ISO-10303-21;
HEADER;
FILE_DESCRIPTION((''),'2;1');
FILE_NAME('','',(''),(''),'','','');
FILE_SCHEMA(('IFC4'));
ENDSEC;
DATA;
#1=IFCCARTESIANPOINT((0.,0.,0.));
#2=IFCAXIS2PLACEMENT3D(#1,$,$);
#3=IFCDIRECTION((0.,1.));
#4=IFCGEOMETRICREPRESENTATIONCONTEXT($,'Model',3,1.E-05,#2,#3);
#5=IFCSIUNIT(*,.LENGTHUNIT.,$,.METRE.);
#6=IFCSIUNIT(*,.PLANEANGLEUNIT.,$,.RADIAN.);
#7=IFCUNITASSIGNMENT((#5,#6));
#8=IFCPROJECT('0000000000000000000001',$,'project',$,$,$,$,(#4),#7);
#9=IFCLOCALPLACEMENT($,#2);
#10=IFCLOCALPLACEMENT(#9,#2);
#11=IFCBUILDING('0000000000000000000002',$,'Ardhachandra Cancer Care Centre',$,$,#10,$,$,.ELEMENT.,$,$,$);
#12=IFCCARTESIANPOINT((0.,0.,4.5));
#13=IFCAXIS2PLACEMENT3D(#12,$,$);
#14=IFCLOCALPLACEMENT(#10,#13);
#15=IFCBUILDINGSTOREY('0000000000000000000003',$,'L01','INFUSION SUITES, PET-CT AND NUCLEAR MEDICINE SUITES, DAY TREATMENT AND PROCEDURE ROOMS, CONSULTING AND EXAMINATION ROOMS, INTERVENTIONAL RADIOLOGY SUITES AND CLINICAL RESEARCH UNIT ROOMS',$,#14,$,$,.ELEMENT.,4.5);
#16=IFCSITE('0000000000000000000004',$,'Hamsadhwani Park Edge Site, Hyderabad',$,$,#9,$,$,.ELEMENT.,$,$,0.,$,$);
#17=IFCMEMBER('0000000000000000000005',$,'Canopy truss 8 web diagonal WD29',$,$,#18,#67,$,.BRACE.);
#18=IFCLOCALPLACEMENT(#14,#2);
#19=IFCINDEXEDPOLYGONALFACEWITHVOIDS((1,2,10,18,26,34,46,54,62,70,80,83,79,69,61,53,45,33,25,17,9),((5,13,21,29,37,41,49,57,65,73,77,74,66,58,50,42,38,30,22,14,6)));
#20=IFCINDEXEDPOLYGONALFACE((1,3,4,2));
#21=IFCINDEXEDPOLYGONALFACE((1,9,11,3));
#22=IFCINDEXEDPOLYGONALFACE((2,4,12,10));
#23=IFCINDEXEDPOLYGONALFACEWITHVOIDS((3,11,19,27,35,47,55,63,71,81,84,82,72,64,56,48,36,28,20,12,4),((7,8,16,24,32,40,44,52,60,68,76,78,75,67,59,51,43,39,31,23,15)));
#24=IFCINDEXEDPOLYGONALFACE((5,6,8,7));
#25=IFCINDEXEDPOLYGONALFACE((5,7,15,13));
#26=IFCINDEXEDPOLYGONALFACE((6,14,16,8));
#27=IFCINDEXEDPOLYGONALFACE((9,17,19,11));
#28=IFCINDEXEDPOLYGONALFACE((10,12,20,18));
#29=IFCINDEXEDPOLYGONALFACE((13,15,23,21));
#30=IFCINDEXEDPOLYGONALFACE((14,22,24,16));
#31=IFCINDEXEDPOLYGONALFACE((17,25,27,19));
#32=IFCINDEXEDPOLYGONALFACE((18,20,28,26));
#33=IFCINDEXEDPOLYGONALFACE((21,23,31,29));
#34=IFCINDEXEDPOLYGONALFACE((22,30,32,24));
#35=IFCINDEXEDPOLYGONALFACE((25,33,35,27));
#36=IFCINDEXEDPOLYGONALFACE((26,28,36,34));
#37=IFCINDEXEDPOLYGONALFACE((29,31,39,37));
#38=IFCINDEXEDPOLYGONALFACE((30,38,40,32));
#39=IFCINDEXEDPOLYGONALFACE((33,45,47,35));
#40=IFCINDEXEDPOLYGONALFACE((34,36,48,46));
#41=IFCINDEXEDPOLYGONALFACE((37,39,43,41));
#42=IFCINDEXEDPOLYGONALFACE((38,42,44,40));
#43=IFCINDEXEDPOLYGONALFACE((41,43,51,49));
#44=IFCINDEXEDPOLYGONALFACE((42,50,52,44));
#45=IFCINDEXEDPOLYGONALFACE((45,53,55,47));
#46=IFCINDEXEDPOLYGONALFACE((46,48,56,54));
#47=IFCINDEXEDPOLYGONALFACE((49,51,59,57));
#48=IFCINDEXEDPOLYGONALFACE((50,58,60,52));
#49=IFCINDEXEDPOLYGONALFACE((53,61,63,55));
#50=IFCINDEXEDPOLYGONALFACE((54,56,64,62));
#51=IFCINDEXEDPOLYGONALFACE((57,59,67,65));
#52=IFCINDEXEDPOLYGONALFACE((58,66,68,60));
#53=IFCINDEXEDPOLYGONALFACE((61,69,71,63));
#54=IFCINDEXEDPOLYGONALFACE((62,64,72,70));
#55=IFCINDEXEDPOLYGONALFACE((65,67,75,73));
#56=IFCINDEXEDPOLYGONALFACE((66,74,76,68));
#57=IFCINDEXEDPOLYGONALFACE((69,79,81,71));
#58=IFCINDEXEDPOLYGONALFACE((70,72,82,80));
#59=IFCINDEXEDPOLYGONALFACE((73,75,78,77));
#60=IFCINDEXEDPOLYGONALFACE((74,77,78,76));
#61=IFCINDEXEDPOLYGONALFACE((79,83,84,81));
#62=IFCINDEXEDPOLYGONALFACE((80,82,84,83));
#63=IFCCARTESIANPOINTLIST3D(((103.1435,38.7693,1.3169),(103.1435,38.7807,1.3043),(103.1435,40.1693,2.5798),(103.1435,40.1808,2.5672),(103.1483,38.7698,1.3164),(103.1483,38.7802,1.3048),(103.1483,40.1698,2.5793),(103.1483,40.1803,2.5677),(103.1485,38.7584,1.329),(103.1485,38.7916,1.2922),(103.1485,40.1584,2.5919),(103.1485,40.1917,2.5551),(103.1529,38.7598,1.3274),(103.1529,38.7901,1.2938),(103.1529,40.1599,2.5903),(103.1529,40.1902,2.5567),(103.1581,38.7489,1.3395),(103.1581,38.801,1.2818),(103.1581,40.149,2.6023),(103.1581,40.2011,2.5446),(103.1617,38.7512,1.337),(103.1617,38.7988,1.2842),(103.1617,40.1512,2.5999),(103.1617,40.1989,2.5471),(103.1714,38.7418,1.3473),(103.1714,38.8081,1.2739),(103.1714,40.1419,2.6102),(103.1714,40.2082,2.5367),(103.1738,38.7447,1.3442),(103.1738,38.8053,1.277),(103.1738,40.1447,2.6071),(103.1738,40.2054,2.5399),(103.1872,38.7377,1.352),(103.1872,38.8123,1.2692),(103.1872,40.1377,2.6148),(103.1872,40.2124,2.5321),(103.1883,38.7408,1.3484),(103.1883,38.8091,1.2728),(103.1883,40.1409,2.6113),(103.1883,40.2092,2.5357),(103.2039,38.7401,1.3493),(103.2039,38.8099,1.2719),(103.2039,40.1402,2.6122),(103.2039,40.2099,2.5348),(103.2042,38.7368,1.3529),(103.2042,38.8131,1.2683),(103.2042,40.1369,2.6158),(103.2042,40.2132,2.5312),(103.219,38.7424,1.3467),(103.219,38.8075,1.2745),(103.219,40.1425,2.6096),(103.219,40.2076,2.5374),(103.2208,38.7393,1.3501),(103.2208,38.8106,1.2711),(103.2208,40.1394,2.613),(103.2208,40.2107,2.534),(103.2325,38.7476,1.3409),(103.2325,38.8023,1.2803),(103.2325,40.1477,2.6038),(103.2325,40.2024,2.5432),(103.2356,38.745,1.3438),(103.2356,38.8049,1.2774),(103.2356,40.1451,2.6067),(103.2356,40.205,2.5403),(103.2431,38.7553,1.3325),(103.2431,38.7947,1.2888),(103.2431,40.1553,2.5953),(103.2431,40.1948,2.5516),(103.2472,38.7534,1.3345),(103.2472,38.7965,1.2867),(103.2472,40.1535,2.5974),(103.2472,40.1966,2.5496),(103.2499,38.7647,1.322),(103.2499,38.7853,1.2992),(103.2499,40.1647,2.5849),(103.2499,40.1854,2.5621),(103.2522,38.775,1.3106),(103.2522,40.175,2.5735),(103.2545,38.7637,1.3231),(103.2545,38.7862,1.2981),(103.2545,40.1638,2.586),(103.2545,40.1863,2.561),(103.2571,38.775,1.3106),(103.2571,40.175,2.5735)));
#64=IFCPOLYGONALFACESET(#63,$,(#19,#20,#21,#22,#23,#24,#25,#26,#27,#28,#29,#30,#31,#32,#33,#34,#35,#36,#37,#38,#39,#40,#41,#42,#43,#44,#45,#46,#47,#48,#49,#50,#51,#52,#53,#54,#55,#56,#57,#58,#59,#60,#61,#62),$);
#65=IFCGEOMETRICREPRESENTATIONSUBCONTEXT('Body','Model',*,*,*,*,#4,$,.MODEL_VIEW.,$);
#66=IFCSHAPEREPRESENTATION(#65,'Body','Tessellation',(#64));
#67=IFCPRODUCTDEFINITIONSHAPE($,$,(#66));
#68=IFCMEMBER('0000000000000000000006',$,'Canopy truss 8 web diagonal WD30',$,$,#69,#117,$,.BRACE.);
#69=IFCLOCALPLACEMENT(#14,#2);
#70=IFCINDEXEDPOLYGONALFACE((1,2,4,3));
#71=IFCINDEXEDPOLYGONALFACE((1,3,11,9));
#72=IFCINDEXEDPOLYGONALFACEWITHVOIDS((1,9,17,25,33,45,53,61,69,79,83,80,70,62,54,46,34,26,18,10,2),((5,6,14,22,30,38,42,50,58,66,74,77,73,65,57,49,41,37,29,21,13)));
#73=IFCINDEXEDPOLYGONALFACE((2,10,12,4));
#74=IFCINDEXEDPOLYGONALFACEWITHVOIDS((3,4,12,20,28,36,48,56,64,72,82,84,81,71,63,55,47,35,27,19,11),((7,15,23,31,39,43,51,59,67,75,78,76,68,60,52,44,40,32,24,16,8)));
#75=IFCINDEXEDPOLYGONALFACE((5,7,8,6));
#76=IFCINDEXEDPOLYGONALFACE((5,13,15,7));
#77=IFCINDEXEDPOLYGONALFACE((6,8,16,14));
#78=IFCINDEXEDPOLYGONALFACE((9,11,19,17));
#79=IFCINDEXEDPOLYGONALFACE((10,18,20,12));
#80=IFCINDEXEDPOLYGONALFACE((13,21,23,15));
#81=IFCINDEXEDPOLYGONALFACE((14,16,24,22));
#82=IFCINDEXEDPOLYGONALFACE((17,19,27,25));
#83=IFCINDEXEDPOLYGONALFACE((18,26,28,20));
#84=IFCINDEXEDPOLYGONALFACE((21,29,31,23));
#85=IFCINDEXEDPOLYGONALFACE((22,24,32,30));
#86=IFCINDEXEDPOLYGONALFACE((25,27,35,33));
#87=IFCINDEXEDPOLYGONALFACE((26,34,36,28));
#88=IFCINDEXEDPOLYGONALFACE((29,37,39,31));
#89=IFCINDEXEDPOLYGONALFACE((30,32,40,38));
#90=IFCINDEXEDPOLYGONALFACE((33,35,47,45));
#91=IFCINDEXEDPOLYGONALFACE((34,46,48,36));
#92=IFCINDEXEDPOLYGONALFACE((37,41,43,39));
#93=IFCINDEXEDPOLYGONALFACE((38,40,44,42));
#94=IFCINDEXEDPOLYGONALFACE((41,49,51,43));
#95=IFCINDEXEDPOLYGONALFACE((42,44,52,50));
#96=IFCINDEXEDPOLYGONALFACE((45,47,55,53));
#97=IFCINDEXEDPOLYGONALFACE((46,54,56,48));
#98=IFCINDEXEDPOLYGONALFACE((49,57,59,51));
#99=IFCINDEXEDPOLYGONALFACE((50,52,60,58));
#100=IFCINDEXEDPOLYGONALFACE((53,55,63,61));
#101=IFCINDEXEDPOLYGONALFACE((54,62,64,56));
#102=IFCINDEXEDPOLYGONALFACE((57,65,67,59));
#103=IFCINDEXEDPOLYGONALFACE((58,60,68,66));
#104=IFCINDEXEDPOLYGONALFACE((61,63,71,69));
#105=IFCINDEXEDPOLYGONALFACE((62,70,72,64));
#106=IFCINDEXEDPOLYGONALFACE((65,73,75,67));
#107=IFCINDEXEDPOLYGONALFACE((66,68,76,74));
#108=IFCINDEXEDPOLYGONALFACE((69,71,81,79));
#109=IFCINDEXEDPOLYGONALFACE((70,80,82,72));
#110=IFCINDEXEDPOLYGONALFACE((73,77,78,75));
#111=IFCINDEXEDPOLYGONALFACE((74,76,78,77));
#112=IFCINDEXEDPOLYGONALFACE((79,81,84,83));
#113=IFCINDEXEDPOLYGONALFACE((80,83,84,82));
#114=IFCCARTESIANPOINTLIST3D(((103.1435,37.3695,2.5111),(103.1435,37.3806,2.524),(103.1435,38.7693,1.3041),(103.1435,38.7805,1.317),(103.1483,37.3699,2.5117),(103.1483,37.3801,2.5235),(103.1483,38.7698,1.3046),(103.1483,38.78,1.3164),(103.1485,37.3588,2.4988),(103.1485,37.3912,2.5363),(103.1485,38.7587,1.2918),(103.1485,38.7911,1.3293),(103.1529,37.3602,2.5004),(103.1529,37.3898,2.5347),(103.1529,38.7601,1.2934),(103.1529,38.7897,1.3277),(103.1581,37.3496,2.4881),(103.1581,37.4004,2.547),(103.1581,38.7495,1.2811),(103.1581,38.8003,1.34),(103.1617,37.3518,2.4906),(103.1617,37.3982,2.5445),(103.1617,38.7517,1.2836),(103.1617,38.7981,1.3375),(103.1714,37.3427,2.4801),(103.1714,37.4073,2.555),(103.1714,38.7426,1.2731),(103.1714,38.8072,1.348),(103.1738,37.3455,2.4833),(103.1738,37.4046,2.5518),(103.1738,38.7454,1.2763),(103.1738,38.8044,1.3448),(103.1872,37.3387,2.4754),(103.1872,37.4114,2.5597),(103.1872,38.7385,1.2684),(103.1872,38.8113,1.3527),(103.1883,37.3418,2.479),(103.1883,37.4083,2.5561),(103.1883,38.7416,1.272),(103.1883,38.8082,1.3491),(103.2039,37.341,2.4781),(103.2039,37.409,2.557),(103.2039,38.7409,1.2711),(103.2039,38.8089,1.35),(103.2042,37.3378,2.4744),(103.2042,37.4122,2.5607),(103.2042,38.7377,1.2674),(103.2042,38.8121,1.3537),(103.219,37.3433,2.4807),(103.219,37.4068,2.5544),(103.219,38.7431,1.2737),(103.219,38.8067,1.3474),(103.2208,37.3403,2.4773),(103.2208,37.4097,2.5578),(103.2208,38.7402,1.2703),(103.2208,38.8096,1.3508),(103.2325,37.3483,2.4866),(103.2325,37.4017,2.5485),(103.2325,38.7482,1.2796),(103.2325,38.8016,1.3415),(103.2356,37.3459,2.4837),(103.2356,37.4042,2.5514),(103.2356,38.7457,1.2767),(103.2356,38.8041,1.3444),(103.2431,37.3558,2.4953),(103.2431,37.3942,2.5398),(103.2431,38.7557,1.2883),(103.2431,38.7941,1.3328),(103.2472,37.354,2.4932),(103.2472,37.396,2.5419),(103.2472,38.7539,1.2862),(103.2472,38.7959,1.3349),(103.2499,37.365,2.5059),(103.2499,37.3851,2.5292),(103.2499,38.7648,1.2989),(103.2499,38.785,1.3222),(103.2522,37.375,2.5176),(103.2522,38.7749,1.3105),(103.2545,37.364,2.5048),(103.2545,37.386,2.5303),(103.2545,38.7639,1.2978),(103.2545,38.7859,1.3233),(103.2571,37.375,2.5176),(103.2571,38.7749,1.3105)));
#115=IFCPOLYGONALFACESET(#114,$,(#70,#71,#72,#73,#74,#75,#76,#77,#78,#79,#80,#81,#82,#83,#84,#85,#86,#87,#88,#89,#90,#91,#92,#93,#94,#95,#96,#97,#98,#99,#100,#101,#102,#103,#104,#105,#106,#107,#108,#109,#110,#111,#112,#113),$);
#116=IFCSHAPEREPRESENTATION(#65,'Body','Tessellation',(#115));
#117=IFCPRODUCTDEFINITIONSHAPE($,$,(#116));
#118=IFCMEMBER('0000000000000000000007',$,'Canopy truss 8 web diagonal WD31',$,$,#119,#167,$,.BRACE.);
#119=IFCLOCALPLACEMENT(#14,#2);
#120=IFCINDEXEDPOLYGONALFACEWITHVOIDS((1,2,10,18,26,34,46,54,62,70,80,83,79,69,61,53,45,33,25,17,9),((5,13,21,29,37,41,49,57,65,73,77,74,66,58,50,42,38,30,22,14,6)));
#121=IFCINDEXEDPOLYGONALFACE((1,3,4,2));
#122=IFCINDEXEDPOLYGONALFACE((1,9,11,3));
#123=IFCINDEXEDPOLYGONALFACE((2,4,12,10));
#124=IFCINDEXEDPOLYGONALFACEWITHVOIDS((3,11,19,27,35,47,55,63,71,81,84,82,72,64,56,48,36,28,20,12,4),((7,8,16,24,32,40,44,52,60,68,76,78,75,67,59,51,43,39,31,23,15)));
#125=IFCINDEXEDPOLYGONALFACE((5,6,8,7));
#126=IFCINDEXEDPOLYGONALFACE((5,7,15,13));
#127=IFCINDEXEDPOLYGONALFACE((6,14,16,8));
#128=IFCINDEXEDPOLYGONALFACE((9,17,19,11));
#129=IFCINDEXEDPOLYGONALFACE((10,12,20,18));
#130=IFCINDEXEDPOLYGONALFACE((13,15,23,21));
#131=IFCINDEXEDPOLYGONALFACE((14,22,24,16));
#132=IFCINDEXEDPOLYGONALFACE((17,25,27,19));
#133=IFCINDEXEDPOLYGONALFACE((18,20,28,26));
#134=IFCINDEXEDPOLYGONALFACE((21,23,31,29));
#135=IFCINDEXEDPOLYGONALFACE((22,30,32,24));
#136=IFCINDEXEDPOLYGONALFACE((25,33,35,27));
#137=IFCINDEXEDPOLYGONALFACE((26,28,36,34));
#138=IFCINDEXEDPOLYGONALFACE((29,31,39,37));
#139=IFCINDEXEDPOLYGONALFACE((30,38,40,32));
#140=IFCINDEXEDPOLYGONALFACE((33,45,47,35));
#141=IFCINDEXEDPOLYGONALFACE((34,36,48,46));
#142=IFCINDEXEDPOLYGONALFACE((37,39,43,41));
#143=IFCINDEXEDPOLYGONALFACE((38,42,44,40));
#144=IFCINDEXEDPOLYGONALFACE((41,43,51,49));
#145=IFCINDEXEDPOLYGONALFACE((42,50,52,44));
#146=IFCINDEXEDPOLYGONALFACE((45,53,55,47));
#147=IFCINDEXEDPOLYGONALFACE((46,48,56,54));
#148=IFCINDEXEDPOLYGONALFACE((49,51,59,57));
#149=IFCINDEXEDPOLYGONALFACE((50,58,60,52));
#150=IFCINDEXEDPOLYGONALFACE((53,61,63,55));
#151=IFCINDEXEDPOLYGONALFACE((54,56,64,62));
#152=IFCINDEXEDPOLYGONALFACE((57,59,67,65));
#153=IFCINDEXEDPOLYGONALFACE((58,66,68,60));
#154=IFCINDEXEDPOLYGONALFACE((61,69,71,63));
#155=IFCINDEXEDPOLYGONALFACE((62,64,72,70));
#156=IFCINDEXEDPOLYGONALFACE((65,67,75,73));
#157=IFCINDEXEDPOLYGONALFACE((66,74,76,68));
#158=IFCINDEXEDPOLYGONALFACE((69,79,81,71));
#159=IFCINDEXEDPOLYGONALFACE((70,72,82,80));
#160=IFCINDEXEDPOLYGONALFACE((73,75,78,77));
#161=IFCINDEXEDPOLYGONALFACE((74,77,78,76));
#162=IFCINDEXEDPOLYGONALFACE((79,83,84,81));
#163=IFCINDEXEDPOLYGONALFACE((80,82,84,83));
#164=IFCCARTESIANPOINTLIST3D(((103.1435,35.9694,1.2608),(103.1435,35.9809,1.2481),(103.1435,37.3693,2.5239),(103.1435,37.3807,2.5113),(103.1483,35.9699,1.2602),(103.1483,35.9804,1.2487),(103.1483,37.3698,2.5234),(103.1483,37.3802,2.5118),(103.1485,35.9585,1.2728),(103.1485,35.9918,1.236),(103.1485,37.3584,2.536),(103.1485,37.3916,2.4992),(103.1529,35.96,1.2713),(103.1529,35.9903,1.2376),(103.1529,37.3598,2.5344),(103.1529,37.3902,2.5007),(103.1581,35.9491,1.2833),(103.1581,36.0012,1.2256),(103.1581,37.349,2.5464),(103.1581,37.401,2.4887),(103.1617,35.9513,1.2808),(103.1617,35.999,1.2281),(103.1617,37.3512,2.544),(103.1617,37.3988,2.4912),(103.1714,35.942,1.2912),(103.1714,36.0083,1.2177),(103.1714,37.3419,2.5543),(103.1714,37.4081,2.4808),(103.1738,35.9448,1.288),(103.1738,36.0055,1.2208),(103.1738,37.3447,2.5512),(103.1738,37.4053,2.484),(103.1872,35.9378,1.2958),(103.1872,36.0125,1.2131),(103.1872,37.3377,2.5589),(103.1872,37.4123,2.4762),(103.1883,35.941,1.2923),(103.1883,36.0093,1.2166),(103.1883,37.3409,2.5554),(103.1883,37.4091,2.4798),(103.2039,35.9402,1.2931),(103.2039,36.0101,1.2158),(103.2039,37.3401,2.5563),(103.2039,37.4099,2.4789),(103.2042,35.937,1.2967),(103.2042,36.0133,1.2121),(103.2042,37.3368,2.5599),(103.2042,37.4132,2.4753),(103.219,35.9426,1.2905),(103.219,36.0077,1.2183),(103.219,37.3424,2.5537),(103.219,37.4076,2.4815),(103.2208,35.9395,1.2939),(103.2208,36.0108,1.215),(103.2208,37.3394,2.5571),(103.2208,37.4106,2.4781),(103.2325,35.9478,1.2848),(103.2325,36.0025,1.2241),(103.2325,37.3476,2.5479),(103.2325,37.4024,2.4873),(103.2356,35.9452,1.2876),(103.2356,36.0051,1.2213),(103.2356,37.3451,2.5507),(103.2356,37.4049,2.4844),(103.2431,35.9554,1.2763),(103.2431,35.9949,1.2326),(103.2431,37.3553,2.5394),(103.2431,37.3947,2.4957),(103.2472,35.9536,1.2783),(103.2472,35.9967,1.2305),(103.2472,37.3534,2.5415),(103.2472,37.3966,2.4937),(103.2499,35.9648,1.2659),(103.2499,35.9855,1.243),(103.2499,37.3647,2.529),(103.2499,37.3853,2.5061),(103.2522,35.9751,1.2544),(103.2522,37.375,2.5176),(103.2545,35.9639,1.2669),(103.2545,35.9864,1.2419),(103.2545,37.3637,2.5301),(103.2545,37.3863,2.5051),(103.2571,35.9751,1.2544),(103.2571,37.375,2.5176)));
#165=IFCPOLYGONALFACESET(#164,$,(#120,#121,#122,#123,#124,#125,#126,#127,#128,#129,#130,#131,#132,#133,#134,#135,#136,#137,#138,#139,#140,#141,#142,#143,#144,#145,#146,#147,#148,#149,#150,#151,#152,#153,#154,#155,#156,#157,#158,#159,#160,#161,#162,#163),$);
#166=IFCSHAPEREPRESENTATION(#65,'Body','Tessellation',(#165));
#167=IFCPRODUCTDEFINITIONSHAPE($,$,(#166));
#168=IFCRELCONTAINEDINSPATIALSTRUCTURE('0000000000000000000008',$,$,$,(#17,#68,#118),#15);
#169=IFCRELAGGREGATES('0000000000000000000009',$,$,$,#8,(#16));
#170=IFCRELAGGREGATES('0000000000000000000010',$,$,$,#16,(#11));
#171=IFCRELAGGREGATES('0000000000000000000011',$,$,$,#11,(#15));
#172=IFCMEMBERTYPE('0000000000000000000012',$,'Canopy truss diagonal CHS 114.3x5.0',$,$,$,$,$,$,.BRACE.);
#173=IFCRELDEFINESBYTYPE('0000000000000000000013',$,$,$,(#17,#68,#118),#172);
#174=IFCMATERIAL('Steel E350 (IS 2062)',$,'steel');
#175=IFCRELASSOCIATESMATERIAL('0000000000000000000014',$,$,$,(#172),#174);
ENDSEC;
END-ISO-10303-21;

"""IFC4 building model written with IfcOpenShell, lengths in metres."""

from ifc_helpers import new_model, si_unit, direction, frame, origin, origin_2d, place, context, subcontext, project, spatial, hollow_circle, extrude, material, material_profile, profile_set, type_object, element, save


model = new_model("IFC4")

# Units and contexts
model_context = context("Model", 3, precision=1e-05, world=origin(), true_north=direction((0.0, 1.0)))
body_context = subcontext(model_context, "Body", "Model", "MODEL_VIEW")
ifc_project = project(units=[si_unit("LENGTHUNIT", "METRE"), si_unit("PLANEANGLEUNIT", "RADIAN")], contexts=[model_context])

# Site, building, storey
site_placement = place(None, origin())
site = spatial("IfcSite", under=ifc_project, at=site_placement, Name="Hamsadhwani Park Edge Site, Hyderabad", CompositionType="ELEMENT", RefElevation=0.0)
building_placement = place(site_placement, origin())
building = spatial("IfcBuilding", under=site, at=building_placement, Name="Ardhachandra Cancer Care Centre", CompositionType="ELEMENT")
storey_placement = place(building_placement, frame((0.0, 0.0, 4.5)))
storey = spatial("IfcBuildingStorey", under=building, at=storey_placement, Name="L01", Description="INFUSION SUITES, PET-CT AND NUCLEAR MEDICINE SUITES, DAY TREATMENT AND PROCEDURE ROOMS, CONSULTING AND EXAMINATION ROOMS, INTERVENTIONAL RADIOLOGY SUITES AND CLINICAL RESEARCH UNIT ROOMS", CompositionType="ELEMENT", Elevation=4.5)

# Members
ifc_material_1 = material(Name="Steel E350 (IS 2062)", Category="steel")
ifc_material_profile_1 = material_profile(ifc_material_1, hollow_circle(Radius=0.0571, WallThickness=0.0049, at=origin_2d()), Name="CHS 114.3x5.0")
ifc_profile_set_1 = profile_set([ifc_material_profile_1], Name="Steel E350 (IS 2062)")
member_type_1 = type_object("IfcMemberType", Name="Canopy truss diagonal CHS 114.3x5.0", PredefinedType="BRACE", material=ifc_profile_set_1)
member_1_placement = place(storey_placement, frame((103.2, 40.175, 2.5735), z_axis=(0.0, -0.742553, -0.669787), x_axis=(1.0, 0.0, 0.0)))
element("IfcMember", 1, at=member_1_placement, inside=storey, type_object=member_type_1, Name="Canopy truss 8 web diagonal WD29", PredefinedType="BRACE", context=body_context, shape_type="SweptSolid", body=[
    extrude(hollow_circle(Radius=0.0571, WallThickness=0.0049, at=origin_2d()), origin(), (0.0, 0.0, 1.0), 1.8855),
])
member_2_placement = place(storey_placement, frame((103.2, 38.7749, 1.3105), z_axis=(0.0, -0.757351, 0.653008), x_axis=(1.0, 0.0, 0.0)))
element("IfcMember", 2, at=member_2_placement, inside=storey, type_object=member_type_1, Name="Canopy truss 8 web diagonal WD30", PredefinedType="BRACE", context=body_context, shape_type="SweptSolid", body=[
    extrude(hollow_circle(Radius=0.0571, WallThickness=0.0049, at=origin_2d()), origin(), (0.0, 0.0, 1.0), 1.8484),
])
member_3_placement = place(storey_placement, frame((103.2, 37.375, 2.5176), z_axis=(0.0, -0.742431, -0.669923), x_axis=(1.0, 0.0, 0.0)))
element("IfcMember", 3, at=member_3_placement, inside=storey, type_object=member_type_1, Name="Canopy truss 8 web diagonal WD31", PredefinedType="BRACE", context=body_context, shape_type="SweptSolid", body=[
    extrude(hollow_circle(Radius=0.0571, WallThickness=0.0049, at=origin_2d()), origin(), (0.0, 0.0, 1.0), 1.8855),
])

save(model, "model.ifc")
